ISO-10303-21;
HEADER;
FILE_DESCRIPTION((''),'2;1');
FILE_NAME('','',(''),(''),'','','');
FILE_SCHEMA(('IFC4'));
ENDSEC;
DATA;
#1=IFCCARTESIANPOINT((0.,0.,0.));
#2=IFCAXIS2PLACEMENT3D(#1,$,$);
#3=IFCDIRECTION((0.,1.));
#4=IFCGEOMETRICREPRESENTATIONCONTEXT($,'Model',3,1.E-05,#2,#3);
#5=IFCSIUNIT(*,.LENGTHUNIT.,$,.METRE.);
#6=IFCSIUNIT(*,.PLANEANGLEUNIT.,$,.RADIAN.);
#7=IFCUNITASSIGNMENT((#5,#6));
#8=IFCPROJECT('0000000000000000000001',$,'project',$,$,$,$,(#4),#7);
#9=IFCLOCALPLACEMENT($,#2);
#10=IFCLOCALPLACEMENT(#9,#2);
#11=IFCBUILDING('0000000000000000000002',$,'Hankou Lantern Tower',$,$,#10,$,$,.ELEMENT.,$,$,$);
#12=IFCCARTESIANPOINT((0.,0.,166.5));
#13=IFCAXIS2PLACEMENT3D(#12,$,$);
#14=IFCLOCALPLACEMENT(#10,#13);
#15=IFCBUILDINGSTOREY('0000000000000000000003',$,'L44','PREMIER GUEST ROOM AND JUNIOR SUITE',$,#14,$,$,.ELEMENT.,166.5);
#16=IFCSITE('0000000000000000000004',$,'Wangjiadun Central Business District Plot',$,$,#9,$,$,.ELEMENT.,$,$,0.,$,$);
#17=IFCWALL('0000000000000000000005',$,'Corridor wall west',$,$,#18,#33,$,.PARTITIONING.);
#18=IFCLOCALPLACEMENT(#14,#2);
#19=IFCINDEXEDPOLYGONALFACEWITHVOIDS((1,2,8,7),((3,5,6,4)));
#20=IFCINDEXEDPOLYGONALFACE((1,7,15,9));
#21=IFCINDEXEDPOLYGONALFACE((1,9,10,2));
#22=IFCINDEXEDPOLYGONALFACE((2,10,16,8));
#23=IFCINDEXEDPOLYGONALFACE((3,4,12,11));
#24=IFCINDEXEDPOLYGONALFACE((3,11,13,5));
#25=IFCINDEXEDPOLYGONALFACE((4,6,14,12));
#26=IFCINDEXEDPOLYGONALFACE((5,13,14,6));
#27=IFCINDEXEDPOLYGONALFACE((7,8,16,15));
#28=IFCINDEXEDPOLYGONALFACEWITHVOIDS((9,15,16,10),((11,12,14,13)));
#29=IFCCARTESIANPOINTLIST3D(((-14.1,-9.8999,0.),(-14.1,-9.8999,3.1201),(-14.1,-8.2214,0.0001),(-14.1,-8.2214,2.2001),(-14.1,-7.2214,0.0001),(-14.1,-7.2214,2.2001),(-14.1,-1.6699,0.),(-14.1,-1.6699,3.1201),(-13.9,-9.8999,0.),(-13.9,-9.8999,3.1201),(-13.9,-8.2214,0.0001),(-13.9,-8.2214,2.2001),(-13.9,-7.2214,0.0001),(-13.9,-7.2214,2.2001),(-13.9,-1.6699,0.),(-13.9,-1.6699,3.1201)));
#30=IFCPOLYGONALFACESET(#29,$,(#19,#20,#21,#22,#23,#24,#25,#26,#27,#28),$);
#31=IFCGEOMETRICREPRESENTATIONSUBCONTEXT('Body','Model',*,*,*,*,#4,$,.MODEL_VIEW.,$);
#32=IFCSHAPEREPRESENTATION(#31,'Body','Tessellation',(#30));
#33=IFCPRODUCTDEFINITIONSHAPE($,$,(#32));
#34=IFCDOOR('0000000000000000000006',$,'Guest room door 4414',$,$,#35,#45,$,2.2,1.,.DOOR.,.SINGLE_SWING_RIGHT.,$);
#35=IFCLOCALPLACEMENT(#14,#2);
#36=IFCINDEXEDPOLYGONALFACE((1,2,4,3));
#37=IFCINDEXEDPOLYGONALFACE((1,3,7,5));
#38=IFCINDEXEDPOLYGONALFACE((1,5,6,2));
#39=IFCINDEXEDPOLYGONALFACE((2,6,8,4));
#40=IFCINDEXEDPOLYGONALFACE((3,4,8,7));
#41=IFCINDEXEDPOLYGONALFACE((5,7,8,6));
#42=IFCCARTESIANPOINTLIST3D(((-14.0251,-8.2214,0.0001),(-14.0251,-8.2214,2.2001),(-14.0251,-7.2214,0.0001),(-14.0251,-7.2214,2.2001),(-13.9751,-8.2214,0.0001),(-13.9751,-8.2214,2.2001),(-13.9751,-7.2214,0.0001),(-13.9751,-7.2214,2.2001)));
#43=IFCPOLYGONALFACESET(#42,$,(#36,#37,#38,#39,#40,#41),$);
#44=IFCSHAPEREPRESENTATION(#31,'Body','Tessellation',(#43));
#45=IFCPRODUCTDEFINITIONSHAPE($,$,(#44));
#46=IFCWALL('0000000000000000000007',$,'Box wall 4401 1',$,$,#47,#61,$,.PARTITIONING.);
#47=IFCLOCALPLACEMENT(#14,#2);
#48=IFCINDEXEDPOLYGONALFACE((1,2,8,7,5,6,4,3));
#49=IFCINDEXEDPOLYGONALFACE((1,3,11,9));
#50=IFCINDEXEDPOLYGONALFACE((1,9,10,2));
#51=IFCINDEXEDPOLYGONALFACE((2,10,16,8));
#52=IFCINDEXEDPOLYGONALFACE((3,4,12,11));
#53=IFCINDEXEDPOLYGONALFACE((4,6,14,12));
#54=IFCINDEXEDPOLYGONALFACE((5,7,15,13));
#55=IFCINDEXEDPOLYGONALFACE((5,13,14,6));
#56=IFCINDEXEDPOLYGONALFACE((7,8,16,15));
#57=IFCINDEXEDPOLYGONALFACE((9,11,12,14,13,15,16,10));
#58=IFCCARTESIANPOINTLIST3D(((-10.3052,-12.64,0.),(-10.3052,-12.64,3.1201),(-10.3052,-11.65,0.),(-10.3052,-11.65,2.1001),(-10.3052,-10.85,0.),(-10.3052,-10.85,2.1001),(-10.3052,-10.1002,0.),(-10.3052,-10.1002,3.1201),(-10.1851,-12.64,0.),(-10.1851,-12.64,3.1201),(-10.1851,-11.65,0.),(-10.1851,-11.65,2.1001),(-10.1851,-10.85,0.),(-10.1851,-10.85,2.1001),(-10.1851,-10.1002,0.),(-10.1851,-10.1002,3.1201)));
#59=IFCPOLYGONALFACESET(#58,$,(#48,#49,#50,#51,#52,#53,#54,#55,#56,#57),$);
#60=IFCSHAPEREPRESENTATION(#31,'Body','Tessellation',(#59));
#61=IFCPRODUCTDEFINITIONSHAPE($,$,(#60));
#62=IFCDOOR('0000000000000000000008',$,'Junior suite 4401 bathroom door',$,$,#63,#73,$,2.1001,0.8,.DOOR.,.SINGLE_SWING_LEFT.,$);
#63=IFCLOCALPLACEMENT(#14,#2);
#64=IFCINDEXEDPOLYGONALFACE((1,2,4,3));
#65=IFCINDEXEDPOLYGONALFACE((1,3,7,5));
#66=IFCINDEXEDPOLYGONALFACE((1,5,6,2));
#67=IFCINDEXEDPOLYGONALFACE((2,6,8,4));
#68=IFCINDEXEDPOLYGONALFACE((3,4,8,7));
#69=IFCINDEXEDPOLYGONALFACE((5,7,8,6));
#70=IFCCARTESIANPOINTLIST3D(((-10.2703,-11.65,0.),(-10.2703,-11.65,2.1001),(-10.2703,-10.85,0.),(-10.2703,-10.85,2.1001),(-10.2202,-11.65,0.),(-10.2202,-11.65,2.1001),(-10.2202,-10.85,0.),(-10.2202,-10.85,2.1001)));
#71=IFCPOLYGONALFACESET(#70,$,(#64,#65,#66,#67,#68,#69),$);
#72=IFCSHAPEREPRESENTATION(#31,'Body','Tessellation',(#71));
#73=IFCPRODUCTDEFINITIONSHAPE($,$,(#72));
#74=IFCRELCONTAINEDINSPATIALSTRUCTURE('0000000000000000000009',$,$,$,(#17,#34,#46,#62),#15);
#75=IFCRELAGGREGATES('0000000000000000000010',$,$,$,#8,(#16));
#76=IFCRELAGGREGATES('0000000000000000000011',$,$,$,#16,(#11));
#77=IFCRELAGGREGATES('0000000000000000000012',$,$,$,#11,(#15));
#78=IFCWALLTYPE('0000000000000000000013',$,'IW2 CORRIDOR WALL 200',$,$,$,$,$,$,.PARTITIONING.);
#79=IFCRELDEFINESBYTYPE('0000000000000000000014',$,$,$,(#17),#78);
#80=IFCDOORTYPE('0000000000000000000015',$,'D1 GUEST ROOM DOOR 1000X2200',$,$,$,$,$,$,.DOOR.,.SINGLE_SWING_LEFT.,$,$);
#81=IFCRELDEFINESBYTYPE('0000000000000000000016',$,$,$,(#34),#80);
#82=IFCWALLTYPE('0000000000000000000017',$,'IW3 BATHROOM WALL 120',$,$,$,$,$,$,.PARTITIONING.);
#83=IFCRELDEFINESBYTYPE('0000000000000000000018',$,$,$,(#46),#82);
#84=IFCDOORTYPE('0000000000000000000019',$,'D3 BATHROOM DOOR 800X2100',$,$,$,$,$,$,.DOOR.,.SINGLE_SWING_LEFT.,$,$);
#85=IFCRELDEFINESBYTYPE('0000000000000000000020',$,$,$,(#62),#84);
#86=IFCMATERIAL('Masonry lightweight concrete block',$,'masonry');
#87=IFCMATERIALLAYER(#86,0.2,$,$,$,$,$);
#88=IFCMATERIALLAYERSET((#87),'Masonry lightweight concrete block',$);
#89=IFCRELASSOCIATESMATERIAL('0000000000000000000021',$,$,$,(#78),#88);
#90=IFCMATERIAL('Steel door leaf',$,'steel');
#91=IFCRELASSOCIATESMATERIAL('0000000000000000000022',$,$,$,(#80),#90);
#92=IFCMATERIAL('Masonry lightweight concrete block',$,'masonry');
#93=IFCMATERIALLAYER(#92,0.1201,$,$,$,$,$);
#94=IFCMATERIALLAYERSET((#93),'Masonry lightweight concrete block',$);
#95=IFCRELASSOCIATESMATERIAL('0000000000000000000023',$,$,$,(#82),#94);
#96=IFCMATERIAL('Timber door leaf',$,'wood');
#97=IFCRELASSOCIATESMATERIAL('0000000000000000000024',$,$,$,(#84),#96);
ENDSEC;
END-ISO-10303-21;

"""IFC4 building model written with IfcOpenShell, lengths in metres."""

from ifc_helpers import new_model, si_unit, direction, frame, frame_2d, origin, place, context, subcontext, project, spatial, rectangle, extrude, material, layer, layer_set, type_object, element, fill, save


model = new_model("IFC4")

# Units and contexts
model_context = context("Model", 3, precision=1e-05, world=origin(), true_north=direction((0.0, 1.0)))
body_context = subcontext(model_context, "Body", "Model", "MODEL_VIEW")
ifc_project = project(units=[si_unit("LENGTHUNIT", "METRE"), si_unit("PLANEANGLEUNIT", "RADIAN")], contexts=[model_context])

# Site, building, storey
site_placement = place(None, origin())
site = spatial("IfcSite", under=ifc_project, at=site_placement, Name="Wangjiadun Central Business District Plot", CompositionType="ELEMENT", RefElevation=0.0)
building_placement = place(site_placement, origin())
building = spatial("IfcBuilding", under=site, at=building_placement, Name="Hankou Lantern Tower", CompositionType="ELEMENT")
storey_placement = place(building_placement, frame((0.0, 0.0, 166.5)))
storey = spatial("IfcBuildingStorey", under=building, at=storey_placement, Name="L44", Description="PREMIER GUEST ROOM AND JUNIOR SUITE", CompositionType="ELEMENT", Elevation=166.5)

# Shared definitions
ifc_material_1 = material(Name="Masonry lightweight concrete block", Category="masonry")
ifc_layer_1 = layer(ifc_material_1, 0.2)
ifc_layer_set_1 = layer_set([ifc_layer_1], Name="Masonry lightweight concrete block")
wall_type_1 = type_object("IfcWallType", Name="IW2 CORRIDOR WALL 200", PredefinedType="PARTITIONING", material=ifc_layer_set_1)

# Walls, openings, doors
wall_1_placement = place(storey_placement, frame((-14.0, -1.6699, 0.0), z_axis=(0.0, 0.0, 1.0), x_axis=(0.0, -1.0, 0.0)))
wall_1 = element("IfcWall", 1, at=wall_1_placement, inside=storey, type_object=wall_type_1, Name="Corridor wall west", PredefinedType="PARTITIONING", context=body_context, shape_type="SweptSolid", body=[
    extrude(rectangle(XDim=8.23, YDim=0.2, at=frame_2d((4.115, 0.0))), origin(), (0.0, 0.0, 1.0), 3.1201),
])
opening_1_placement = place(wall_1_placement, frame((5.5515, 0.0, 0.0)))
opening_1 = element("IfcOpeningElement", 2, at=opening_1_placement, cuts=wall_1, PredefinedType="OPENING", context=body_context, shape_type="SweptSolid", body=[
    extrude(rectangle(XDim=1.0, YDim=2.2, at=frame_2d((0.5, 1.1001))), frame((0.0, 0.1099, 0.0), z_axis=(0.0, -1.0, 0.0), x_axis=(1.0, 0.0, 0.0)), (0.0, 0.0, 1.0), 0.22),
])
ifc_material_2 = material(Name="Steel door leaf", Category="steel")
door_type_1 = type_object("IfcDoorType", Name="D1 GUEST ROOM DOOR 1000X2200", OperationType="SINGLE_SWING_LEFT", PredefinedType="DOOR", material=ifc_material_2)
door_1_placement = place(opening_1_placement, origin())
door_1 = element("IfcDoor", 3, at=door_1_placement, inside=storey, type_object=door_type_1, Name="Guest room door 4414", OperationType="SINGLE_SWING_RIGHT", OverallHeight=2.2, OverallWidth=1.0, PredefinedType="DOOR", context=body_context, shape_type="SweptSolid", body=[
    extrude(rectangle(XDim=1.0, YDim=2.2, at=frame_2d((0.5, 1.1001))), frame((0.0, 0.0249, 0.0), z_axis=(0.0, -1.0, 0.0), x_axis=(1.0, 0.0, 0.0)), (0.0, 0.0, 1.0), 0.05),
])
fill(opening_1, door_1)
ifc_material_3 = material(Name="Masonry lightweight concrete block", Category="masonry")
ifc_layer_2 = layer(ifc_material_3, 0.1201)
ifc_layer_set_2 = layer_set([ifc_layer_2], Name="Masonry lightweight concrete block")
wall_type_2 = type_object("IfcWallType", Name="IW3 BATHROOM WALL 120", PredefinedType="PARTITIONING", material=ifc_layer_set_2)
wall_2_placement = place(storey_placement, frame((-10.2451, -10.1001, 0.0), z_axis=(0.0, 0.0, 1.0), x_axis=(0.0, -1.0, 0.0)))
wall_2 = element("IfcWall", 4, at=wall_2_placement, inside=storey, type_object=wall_type_2, Name="Box wall 4401 1", PredefinedType="PARTITIONING", context=body_context, shape_type="SweptSolid", body=[
    extrude(rectangle(XDim=2.5398, YDim=0.1201, at=frame_2d((1.27, 0.0))), origin(), (0.0, 0.0, 1.0), 3.1201),
])
opening_2_placement = place(wall_2_placement, frame((0.75, 0.0, 0.0)))
opening_2 = element("IfcOpeningElement", 5, at=opening_2_placement, cuts=wall_2, PredefinedType="OPENING", context=body_context, shape_type="SweptSolid", body=[
    extrude(rectangle(XDim=0.8, YDim=2.1001, at=frame_2d((0.3999, 1.05))), frame((0.0, 0.0701, 0.0), z_axis=(0.0, -1.0, 0.0), x_axis=(1.0, 0.0, 0.0)), (0.0, 0.0, 1.0), 0.1401),
])
ifc_material_4 = material(Name="Timber door leaf", Category="wood")
door_type_2 = type_object("IfcDoorType", Name="D3 BATHROOM DOOR 800X2100", OperationType="SINGLE_SWING_LEFT", PredefinedType="DOOR", material=ifc_material_4)
door_2_placement = place(opening_2_placement, origin())
door_2 = element("IfcDoor", 6, at=door_2_placement, inside=storey, type_object=door_type_2, Name="Junior suite 4401 bathroom door", OperationType="SINGLE_SWING_LEFT", OverallHeight=2.1001, OverallWidth=0.8, PredefinedType="DOOR", context=body_context, shape_type="SweptSolid", body=[
    extrude(rectangle(XDim=0.8, YDim=2.1001, at=frame_2d((0.3999, 1.05))), frame((0.0, 0.0249, 0.0), z_axis=(0.0, -1.0, 0.0), x_axis=(1.0, 0.0, 0.0)), (0.0, 0.0, 1.0), 0.05),
])
fill(opening_2, door_2)

save(model, "model.ifc")
